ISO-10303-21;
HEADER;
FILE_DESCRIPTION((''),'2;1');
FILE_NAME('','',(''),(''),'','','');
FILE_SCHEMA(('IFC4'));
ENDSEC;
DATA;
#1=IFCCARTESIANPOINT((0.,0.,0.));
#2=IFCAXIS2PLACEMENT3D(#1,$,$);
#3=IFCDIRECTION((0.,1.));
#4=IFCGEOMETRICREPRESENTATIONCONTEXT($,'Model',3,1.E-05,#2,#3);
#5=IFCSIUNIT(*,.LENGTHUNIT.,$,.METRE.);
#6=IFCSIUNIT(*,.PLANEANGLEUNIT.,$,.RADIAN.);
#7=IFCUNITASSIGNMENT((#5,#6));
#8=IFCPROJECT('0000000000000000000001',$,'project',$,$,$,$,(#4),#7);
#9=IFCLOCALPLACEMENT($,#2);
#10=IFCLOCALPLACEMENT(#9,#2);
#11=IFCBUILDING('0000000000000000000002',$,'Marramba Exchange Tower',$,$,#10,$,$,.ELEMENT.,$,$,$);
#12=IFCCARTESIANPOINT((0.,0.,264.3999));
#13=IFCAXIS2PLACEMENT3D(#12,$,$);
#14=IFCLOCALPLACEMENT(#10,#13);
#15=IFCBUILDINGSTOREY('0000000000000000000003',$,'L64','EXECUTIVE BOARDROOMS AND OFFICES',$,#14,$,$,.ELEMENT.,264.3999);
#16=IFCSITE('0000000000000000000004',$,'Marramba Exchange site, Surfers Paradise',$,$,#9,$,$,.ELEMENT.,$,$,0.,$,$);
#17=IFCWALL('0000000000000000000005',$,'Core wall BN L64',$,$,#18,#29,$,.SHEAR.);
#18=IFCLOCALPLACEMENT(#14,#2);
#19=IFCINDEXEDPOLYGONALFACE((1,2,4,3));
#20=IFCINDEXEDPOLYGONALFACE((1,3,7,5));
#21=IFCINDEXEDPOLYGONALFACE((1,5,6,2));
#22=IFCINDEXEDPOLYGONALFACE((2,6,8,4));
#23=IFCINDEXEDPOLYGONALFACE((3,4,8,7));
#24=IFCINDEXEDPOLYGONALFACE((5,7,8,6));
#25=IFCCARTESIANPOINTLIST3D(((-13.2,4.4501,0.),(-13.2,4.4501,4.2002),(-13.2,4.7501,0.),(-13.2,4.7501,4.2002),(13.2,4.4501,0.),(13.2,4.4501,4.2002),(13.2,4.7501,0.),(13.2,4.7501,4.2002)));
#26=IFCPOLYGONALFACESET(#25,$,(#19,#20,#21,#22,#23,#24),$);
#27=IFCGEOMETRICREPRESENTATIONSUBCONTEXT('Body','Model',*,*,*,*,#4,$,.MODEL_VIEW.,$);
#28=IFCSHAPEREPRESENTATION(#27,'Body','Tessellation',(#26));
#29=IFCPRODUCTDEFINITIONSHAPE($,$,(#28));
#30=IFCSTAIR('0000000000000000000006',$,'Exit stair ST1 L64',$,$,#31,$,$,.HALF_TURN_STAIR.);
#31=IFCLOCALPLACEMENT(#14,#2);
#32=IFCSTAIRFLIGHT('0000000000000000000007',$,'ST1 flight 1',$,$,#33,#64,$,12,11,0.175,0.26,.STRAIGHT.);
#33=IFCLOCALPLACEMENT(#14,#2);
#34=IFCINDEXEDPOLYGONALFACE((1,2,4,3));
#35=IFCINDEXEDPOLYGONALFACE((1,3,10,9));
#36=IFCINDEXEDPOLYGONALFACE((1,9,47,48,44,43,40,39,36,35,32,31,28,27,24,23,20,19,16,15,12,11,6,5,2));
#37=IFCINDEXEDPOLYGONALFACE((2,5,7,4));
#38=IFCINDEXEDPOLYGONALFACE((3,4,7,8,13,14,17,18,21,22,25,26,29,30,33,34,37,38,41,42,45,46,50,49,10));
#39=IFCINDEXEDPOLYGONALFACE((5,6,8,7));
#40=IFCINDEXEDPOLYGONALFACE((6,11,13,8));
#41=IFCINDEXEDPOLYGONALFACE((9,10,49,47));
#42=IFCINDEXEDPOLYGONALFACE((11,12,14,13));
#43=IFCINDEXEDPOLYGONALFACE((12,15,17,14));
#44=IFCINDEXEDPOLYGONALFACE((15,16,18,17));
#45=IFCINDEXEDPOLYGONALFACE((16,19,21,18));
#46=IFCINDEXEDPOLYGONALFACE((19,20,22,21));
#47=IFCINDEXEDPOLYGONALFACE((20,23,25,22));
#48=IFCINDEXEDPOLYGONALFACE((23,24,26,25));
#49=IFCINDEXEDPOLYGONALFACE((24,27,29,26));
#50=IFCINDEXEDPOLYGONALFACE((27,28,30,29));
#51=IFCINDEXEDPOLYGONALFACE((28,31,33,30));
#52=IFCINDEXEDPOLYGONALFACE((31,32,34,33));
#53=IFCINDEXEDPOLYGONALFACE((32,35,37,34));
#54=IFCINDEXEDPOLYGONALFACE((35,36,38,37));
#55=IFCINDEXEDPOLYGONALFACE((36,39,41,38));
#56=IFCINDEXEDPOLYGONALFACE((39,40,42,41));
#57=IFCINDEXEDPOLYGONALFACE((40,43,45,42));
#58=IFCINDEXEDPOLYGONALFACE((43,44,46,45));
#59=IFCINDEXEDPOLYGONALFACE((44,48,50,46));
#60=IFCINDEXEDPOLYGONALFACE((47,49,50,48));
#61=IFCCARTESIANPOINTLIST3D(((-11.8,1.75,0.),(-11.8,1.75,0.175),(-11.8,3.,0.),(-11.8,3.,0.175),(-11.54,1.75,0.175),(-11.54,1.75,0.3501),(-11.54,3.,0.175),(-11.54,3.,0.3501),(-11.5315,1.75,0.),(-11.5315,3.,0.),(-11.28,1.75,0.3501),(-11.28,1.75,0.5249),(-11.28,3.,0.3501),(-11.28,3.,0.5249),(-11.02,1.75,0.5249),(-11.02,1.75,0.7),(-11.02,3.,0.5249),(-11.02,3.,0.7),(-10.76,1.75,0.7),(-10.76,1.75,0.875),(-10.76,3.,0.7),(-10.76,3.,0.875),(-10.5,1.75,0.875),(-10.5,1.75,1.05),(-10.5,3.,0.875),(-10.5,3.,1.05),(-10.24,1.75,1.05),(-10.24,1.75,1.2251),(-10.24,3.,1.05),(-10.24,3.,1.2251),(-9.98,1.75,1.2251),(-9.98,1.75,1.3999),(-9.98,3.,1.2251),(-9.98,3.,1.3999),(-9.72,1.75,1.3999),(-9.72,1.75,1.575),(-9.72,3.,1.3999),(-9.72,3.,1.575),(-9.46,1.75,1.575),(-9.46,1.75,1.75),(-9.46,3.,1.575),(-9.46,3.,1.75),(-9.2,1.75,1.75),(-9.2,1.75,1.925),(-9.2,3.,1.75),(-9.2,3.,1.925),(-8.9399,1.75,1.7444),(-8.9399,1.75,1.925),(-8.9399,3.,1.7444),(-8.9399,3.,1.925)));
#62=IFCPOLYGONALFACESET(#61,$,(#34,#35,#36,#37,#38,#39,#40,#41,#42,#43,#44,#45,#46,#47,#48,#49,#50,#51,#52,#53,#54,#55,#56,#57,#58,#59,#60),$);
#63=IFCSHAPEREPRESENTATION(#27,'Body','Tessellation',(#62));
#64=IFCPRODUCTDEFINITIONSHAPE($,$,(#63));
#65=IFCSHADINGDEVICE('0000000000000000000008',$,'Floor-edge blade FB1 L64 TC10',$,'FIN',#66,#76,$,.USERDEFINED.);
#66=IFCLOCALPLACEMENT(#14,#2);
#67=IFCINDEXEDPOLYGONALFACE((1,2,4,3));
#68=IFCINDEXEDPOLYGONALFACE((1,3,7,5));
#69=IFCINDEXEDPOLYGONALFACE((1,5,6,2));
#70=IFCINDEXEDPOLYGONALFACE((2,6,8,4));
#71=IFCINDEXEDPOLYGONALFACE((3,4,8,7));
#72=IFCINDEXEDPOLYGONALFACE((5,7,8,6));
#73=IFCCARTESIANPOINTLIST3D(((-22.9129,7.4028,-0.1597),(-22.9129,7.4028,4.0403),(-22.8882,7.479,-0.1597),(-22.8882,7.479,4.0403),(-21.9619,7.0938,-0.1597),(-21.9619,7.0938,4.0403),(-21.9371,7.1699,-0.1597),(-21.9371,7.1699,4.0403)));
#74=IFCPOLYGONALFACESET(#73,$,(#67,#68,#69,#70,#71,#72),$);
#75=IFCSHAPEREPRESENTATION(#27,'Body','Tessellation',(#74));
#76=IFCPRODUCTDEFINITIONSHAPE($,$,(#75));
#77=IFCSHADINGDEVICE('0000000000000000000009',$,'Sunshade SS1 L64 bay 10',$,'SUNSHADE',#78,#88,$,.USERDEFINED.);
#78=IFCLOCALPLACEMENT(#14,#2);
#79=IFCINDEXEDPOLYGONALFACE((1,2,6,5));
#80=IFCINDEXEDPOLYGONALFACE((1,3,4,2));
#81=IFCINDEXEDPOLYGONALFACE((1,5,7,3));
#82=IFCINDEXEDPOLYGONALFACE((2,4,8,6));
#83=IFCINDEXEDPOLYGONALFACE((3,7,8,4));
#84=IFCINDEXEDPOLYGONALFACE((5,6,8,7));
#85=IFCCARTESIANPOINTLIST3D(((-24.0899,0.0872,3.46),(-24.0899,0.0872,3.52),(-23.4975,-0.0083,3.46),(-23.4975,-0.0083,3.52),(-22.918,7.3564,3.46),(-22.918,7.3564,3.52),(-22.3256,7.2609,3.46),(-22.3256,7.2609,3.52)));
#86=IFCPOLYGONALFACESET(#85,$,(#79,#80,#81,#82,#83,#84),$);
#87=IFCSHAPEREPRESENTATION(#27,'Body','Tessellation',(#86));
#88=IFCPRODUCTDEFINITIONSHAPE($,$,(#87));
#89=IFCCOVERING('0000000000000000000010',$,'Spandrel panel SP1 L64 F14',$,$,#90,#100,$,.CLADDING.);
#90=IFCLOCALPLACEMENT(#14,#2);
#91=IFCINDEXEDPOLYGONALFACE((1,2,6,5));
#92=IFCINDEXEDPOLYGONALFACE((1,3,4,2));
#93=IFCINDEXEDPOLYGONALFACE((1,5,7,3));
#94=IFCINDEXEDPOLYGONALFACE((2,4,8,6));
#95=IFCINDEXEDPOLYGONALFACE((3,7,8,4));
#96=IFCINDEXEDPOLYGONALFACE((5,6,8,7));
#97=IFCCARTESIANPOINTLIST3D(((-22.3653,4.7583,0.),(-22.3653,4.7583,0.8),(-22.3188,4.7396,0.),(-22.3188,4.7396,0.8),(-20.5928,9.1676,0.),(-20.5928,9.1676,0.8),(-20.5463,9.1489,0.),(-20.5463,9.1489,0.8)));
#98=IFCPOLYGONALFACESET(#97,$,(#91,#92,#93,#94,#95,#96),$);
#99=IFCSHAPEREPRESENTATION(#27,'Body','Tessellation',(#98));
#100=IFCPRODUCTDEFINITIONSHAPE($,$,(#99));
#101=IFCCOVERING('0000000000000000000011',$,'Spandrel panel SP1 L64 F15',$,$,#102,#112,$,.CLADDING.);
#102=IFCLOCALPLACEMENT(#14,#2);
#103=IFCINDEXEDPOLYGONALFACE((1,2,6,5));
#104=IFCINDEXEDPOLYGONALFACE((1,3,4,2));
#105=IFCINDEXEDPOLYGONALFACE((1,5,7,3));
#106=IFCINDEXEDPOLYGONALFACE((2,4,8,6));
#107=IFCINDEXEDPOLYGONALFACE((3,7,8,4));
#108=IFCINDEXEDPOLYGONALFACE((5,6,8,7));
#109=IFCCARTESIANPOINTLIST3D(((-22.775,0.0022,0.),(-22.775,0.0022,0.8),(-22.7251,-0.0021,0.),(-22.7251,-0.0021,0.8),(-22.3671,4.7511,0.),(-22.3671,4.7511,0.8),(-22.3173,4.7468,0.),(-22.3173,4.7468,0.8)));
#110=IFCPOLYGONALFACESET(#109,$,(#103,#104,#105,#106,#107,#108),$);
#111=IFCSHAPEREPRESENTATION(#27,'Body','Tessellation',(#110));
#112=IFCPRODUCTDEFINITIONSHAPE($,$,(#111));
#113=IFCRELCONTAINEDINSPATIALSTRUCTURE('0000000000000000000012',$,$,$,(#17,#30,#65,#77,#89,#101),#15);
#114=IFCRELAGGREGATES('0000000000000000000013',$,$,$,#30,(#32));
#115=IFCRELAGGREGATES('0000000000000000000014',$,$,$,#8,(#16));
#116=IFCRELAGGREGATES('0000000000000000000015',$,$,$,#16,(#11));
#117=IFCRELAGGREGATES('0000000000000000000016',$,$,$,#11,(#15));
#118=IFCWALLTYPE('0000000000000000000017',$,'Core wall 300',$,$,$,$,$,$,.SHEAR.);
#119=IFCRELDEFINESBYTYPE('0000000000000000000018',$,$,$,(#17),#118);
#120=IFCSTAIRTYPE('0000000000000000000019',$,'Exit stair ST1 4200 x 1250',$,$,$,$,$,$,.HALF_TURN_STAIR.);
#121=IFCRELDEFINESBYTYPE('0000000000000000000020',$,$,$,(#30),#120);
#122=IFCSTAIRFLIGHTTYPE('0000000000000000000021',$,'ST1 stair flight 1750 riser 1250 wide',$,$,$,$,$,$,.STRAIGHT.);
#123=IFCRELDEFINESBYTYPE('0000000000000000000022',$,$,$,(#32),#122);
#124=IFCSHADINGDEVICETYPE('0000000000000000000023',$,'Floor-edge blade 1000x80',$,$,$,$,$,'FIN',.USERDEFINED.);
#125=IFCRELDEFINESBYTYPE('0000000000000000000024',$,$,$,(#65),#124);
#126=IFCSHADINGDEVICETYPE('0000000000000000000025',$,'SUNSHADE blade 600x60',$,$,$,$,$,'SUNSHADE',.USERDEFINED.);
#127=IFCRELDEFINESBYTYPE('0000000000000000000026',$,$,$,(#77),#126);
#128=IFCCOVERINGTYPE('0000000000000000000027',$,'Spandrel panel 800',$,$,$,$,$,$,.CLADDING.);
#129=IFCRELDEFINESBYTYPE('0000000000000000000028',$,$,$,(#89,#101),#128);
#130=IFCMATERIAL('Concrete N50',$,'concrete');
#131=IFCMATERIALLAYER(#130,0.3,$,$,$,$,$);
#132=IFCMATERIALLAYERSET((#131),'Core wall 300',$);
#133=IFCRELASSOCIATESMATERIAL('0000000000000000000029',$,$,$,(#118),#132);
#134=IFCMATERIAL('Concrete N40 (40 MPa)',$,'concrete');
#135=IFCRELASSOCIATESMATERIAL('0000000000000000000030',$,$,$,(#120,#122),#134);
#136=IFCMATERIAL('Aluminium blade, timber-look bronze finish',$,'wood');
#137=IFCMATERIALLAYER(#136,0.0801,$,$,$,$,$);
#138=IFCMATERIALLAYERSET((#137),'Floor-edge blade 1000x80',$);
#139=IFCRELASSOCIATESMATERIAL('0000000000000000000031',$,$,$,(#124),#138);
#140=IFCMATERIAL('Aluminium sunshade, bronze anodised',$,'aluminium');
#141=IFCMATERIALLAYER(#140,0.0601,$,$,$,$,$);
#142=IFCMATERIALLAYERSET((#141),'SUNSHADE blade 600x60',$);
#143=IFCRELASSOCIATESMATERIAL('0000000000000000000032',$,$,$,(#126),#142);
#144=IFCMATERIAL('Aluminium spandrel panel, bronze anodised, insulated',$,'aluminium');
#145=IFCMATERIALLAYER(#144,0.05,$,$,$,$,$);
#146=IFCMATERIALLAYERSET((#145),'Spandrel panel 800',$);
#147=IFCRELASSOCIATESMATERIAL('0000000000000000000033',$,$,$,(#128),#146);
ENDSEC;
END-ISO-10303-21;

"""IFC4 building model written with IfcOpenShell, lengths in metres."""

from ifc_helpers import new_model, si_unit, direction, frame, frame_2d, origin, origin_2d, place, context, subcontext, project, spatial, polyline, rectangle, outline, extrude, material, layer, layer_set, type_object, element, aggregate, save


model = new_model("IFC4")

# Units and contexts
model_context = context("Model", 3, precision=1e-05, world=origin(), true_north=direction((0.0, 1.0)))
body_context = subcontext(model_context, "Body", "Model", "MODEL_VIEW")
ifc_project = project(units=[si_unit("LENGTHUNIT", "METRE"), si_unit("PLANEANGLEUNIT", "RADIAN")], contexts=[model_context])

# Site, building, storey
site_placement = place(None, origin())
site = spatial("IfcSite", under=ifc_project, at=site_placement, Name="Marramba Exchange site, Surfers Paradise", CompositionType="ELEMENT", RefElevation=0.0)
building_placement = place(site_placement, origin())
building = spatial("IfcBuilding", under=site, at=building_placement, Name="Marramba Exchange Tower", CompositionType="ELEMENT")
storey_placement = place(building_placement, frame((0.0, 0.0, 264.3999)))
storey = spatial("IfcBuildingStorey", under=building, at=storey_placement, Name="L64", Description="EXECUTIVE BOARDROOMS AND OFFICES", CompositionType="ELEMENT", Elevation=264.3999)

# Shared definitions
ifc_material_1 = material(Name="Concrete N50", Category="concrete")

# Shared definitions
ifc_layer_1 = layer(ifc_material_1, 0.3)
ifc_layer_set_1 = layer_set([ifc_layer_1], Name="Core wall 300")
wall_type_1 = type_object("IfcWallType", Name="Core wall 300", PredefinedType="SHEAR", material=ifc_layer_set_1)

# Wall
wall_1_placement = place(storey_placement, frame((-13.2, 4.6001, 0.0), z_axis=(0.0, 0.0, 1.0), x_axis=(1.0, 0.0, 0.0)))
element("IfcWall", 1, at=wall_1_placement, inside=storey, type_object=wall_type_1, Name="Core wall BN L64", PredefinedType="SHEAR", context=body_context, shape_type="SweptSolid", body=[
    extrude(rectangle(XDim=26.3999, YDim=0.3, at=frame_2d((13.2, 0.0))), origin(), (0.0, 0.0, 1.0), 4.2002),
])

# Stair, stair flight
ifc_material_2 = material(Name="Concrete N40 (40 MPa)", Category="concrete")
stair_type = type_object("IfcStairType", Name="Exit stair ST1 4200 x 1250", PredefinedType="HALF_TURN_STAIR", material=ifc_material_2)
stair_placement = place(storey_placement, origin())
stair = element("IfcStair", 2, at=stair_placement, inside=storey, type_object=stair_type, Name="Exit stair ST1 L64", PredefinedType="HALF_TURN_STAIR")
stair_flight_type = type_object("IfcStairFlightType", Name="ST1 stair flight 1750 riser 1250 wide", PredefinedType="STRAIGHT", material=ifc_material_2)
stair_flight_placement = place(storey_placement, frame((-11.8, 2.375, 0.0), z_axis=(0.0, 0.0, 1.0), x_axis=(1.0, 0.0, 0.0)))
stair_flight = element("IfcStairFlight", 3, at=stair_flight_placement, type_object=stair_flight_type, Name="ST1 flight 1", NumberOfRisers=12, NumberOfTreads=11, PredefinedType="STRAIGHT", RiserHeight=0.175, TreadLength=0.26, context=body_context, shape_type="SweptSolid", body=[
    extrude(outline(polyline([(0.0, 0.0), (0.0, 0.175), (0.26, 0.175), (0.26, 0.3501), (0.52, 0.3501), (0.52, 0.5249), (0.78, 0.5249), (0.78, 0.7), (1.04, 0.7), (1.04, 0.875), (1.3, 0.875), (1.3, 1.05), (1.5601, 1.05), (1.5601, 1.2251), (1.8201, 1.2251), (1.8201, 1.3999), (2.0801, 1.3999), (2.0801, 1.575), (2.3401, 1.575), (2.3401, 1.75), (2.6001, 1.75), (2.6001, 1.925), (2.8601, 1.925), (2.8601, 2.1001), (2.8601, 1.7444), (0.2686, 0.0), (0.0, 0.0)])), frame((0.0, 0.625, 0.0), z_axis=(0.0, -1.0, 0.0), x_axis=(1.0, 0.0, 0.0)), (0.0, 0.0, 1.0), 1.25),
])
aggregate(stair, [stair_flight])

# Shading devices
ifc_material_3 = material(Name="Aluminium blade, timber-look bronze finish", Category="wood")
ifc_layer_2 = layer(ifc_material_3, 0.0801)
ifc_layer_set_2 = layer_set([ifc_layer_2], Name="Floor-edge blade 1000x80")
shading_device_type_1 = type_object("IfcShadingDeviceType", Name="Floor-edge blade 1000x80", ElementType="FIN", PredefinedType="USERDEFINED", material=ifc_layer_set_2)
shading_device_1_placement = place(storey_placement, frame((-22.425, 7.2864, -0.1597), z_axis=(0.0, 0.0, 1.0), x_axis=(-0.951057, 0.309017, 0.0)))
element("IfcShadingDevice", 4, at=shading_device_1_placement, inside=storey, type_object=shading_device_type_1, Name="Floor-edge blade FB1 L64 TC10", ObjectType="FIN", PredefinedType="USERDEFINED", context=body_context, shape_type="SweptSolid", body=[
    extrude(rectangle(XDim=1.0, YDim=0.0801, at=origin_2d()), origin(), (0.0, 0.0, 1.0), 4.2),
])
ifc_material_4 = material(Name="Aluminium sunshade, bronze anodised", Category="aluminium")
ifc_layer_3 = layer(ifc_material_4, 0.0601)
ifc_layer_set_3 = layer_set([ifc_layer_3], Name="SUNSHADE blade 600x60")
shading_device_type_2 = type_object("IfcShadingDeviceType", Name="SUNSHADE blade 600x60", ElementType="SUNSHADE", PredefinedType="USERDEFINED", material=ifc_layer_set_3)
shading_device_2_placement = place(storey_placement, frame((-23.2078, 3.6741, 3.46), z_axis=(0.0, 0.0, 1.0), x_axis=(-0.159158, -0.987253, 0.0)))
element("IfcShadingDevice", 5, at=shading_device_2_placement, inside=storey, type_object=shading_device_type_2, Name="Sunshade SS1 L64 bay 10", ObjectType="SUNSHADE", PredefinedType="USERDEFINED", context=body_context, shape_type="SweptSolid", body=[
    extrude(rectangle(XDim=7.363, YDim=0.6001, at=origin_2d()), origin(), (0.0, 0.0, 1.0), 0.0601),
])

# Coverings
ifc_material_5 = material(Name="Aluminium spandrel panel, bronze anodised, insulated", Category="aluminium")
ifc_layer_4 = layer(ifc_material_5, 0.05)
ifc_layer_set_4 = layer_set([ifc_layer_4], Name="Spandrel panel 800")
covering_type = type_object("IfcCoveringType", Name="Spandrel panel 800", PredefinedType="CLADDING", material=ifc_layer_set_4)
covering_1_placement = place(storey_placement, frame((-21.4558, 6.9536, 0.0), z_axis=(0.0, 0.0, 1.0), x_axis=(-0.372983, -0.927838, 0.0)))
element("IfcCovering", 6, at=covering_1_placement, inside=storey, type_object=covering_type, Name="Spandrel panel SP1 L64 F14", PredefinedType="CLADDING", context=body_context, shape_type="SweptSolid", body=[
    extrude(rectangle(XDim=4.7522, YDim=0.05, at=origin_2d()), origin(), (0.0, 0.0, 1.0), 0.8),
])
covering_2_placement = place(storey_placement, frame((-22.5461, 2.3745, 0.0), z_axis=(0.0, 0.0, 1.0), x_axis=(-0.085574, -0.996332, 0.0)))
element("IfcCovering", 7, at=covering_2_placement, inside=storey, type_object=covering_type, Name="Spandrel panel SP1 L64 F15", PredefinedType="CLADDING", context=body_context, shape_type="SweptSolid", body=[
    extrude(rectangle(XDim=4.7664, YDim=0.05, at=origin_2d()), origin(), (0.0, 0.0, 1.0), 0.8),
])

save(model, "model.ifc")
